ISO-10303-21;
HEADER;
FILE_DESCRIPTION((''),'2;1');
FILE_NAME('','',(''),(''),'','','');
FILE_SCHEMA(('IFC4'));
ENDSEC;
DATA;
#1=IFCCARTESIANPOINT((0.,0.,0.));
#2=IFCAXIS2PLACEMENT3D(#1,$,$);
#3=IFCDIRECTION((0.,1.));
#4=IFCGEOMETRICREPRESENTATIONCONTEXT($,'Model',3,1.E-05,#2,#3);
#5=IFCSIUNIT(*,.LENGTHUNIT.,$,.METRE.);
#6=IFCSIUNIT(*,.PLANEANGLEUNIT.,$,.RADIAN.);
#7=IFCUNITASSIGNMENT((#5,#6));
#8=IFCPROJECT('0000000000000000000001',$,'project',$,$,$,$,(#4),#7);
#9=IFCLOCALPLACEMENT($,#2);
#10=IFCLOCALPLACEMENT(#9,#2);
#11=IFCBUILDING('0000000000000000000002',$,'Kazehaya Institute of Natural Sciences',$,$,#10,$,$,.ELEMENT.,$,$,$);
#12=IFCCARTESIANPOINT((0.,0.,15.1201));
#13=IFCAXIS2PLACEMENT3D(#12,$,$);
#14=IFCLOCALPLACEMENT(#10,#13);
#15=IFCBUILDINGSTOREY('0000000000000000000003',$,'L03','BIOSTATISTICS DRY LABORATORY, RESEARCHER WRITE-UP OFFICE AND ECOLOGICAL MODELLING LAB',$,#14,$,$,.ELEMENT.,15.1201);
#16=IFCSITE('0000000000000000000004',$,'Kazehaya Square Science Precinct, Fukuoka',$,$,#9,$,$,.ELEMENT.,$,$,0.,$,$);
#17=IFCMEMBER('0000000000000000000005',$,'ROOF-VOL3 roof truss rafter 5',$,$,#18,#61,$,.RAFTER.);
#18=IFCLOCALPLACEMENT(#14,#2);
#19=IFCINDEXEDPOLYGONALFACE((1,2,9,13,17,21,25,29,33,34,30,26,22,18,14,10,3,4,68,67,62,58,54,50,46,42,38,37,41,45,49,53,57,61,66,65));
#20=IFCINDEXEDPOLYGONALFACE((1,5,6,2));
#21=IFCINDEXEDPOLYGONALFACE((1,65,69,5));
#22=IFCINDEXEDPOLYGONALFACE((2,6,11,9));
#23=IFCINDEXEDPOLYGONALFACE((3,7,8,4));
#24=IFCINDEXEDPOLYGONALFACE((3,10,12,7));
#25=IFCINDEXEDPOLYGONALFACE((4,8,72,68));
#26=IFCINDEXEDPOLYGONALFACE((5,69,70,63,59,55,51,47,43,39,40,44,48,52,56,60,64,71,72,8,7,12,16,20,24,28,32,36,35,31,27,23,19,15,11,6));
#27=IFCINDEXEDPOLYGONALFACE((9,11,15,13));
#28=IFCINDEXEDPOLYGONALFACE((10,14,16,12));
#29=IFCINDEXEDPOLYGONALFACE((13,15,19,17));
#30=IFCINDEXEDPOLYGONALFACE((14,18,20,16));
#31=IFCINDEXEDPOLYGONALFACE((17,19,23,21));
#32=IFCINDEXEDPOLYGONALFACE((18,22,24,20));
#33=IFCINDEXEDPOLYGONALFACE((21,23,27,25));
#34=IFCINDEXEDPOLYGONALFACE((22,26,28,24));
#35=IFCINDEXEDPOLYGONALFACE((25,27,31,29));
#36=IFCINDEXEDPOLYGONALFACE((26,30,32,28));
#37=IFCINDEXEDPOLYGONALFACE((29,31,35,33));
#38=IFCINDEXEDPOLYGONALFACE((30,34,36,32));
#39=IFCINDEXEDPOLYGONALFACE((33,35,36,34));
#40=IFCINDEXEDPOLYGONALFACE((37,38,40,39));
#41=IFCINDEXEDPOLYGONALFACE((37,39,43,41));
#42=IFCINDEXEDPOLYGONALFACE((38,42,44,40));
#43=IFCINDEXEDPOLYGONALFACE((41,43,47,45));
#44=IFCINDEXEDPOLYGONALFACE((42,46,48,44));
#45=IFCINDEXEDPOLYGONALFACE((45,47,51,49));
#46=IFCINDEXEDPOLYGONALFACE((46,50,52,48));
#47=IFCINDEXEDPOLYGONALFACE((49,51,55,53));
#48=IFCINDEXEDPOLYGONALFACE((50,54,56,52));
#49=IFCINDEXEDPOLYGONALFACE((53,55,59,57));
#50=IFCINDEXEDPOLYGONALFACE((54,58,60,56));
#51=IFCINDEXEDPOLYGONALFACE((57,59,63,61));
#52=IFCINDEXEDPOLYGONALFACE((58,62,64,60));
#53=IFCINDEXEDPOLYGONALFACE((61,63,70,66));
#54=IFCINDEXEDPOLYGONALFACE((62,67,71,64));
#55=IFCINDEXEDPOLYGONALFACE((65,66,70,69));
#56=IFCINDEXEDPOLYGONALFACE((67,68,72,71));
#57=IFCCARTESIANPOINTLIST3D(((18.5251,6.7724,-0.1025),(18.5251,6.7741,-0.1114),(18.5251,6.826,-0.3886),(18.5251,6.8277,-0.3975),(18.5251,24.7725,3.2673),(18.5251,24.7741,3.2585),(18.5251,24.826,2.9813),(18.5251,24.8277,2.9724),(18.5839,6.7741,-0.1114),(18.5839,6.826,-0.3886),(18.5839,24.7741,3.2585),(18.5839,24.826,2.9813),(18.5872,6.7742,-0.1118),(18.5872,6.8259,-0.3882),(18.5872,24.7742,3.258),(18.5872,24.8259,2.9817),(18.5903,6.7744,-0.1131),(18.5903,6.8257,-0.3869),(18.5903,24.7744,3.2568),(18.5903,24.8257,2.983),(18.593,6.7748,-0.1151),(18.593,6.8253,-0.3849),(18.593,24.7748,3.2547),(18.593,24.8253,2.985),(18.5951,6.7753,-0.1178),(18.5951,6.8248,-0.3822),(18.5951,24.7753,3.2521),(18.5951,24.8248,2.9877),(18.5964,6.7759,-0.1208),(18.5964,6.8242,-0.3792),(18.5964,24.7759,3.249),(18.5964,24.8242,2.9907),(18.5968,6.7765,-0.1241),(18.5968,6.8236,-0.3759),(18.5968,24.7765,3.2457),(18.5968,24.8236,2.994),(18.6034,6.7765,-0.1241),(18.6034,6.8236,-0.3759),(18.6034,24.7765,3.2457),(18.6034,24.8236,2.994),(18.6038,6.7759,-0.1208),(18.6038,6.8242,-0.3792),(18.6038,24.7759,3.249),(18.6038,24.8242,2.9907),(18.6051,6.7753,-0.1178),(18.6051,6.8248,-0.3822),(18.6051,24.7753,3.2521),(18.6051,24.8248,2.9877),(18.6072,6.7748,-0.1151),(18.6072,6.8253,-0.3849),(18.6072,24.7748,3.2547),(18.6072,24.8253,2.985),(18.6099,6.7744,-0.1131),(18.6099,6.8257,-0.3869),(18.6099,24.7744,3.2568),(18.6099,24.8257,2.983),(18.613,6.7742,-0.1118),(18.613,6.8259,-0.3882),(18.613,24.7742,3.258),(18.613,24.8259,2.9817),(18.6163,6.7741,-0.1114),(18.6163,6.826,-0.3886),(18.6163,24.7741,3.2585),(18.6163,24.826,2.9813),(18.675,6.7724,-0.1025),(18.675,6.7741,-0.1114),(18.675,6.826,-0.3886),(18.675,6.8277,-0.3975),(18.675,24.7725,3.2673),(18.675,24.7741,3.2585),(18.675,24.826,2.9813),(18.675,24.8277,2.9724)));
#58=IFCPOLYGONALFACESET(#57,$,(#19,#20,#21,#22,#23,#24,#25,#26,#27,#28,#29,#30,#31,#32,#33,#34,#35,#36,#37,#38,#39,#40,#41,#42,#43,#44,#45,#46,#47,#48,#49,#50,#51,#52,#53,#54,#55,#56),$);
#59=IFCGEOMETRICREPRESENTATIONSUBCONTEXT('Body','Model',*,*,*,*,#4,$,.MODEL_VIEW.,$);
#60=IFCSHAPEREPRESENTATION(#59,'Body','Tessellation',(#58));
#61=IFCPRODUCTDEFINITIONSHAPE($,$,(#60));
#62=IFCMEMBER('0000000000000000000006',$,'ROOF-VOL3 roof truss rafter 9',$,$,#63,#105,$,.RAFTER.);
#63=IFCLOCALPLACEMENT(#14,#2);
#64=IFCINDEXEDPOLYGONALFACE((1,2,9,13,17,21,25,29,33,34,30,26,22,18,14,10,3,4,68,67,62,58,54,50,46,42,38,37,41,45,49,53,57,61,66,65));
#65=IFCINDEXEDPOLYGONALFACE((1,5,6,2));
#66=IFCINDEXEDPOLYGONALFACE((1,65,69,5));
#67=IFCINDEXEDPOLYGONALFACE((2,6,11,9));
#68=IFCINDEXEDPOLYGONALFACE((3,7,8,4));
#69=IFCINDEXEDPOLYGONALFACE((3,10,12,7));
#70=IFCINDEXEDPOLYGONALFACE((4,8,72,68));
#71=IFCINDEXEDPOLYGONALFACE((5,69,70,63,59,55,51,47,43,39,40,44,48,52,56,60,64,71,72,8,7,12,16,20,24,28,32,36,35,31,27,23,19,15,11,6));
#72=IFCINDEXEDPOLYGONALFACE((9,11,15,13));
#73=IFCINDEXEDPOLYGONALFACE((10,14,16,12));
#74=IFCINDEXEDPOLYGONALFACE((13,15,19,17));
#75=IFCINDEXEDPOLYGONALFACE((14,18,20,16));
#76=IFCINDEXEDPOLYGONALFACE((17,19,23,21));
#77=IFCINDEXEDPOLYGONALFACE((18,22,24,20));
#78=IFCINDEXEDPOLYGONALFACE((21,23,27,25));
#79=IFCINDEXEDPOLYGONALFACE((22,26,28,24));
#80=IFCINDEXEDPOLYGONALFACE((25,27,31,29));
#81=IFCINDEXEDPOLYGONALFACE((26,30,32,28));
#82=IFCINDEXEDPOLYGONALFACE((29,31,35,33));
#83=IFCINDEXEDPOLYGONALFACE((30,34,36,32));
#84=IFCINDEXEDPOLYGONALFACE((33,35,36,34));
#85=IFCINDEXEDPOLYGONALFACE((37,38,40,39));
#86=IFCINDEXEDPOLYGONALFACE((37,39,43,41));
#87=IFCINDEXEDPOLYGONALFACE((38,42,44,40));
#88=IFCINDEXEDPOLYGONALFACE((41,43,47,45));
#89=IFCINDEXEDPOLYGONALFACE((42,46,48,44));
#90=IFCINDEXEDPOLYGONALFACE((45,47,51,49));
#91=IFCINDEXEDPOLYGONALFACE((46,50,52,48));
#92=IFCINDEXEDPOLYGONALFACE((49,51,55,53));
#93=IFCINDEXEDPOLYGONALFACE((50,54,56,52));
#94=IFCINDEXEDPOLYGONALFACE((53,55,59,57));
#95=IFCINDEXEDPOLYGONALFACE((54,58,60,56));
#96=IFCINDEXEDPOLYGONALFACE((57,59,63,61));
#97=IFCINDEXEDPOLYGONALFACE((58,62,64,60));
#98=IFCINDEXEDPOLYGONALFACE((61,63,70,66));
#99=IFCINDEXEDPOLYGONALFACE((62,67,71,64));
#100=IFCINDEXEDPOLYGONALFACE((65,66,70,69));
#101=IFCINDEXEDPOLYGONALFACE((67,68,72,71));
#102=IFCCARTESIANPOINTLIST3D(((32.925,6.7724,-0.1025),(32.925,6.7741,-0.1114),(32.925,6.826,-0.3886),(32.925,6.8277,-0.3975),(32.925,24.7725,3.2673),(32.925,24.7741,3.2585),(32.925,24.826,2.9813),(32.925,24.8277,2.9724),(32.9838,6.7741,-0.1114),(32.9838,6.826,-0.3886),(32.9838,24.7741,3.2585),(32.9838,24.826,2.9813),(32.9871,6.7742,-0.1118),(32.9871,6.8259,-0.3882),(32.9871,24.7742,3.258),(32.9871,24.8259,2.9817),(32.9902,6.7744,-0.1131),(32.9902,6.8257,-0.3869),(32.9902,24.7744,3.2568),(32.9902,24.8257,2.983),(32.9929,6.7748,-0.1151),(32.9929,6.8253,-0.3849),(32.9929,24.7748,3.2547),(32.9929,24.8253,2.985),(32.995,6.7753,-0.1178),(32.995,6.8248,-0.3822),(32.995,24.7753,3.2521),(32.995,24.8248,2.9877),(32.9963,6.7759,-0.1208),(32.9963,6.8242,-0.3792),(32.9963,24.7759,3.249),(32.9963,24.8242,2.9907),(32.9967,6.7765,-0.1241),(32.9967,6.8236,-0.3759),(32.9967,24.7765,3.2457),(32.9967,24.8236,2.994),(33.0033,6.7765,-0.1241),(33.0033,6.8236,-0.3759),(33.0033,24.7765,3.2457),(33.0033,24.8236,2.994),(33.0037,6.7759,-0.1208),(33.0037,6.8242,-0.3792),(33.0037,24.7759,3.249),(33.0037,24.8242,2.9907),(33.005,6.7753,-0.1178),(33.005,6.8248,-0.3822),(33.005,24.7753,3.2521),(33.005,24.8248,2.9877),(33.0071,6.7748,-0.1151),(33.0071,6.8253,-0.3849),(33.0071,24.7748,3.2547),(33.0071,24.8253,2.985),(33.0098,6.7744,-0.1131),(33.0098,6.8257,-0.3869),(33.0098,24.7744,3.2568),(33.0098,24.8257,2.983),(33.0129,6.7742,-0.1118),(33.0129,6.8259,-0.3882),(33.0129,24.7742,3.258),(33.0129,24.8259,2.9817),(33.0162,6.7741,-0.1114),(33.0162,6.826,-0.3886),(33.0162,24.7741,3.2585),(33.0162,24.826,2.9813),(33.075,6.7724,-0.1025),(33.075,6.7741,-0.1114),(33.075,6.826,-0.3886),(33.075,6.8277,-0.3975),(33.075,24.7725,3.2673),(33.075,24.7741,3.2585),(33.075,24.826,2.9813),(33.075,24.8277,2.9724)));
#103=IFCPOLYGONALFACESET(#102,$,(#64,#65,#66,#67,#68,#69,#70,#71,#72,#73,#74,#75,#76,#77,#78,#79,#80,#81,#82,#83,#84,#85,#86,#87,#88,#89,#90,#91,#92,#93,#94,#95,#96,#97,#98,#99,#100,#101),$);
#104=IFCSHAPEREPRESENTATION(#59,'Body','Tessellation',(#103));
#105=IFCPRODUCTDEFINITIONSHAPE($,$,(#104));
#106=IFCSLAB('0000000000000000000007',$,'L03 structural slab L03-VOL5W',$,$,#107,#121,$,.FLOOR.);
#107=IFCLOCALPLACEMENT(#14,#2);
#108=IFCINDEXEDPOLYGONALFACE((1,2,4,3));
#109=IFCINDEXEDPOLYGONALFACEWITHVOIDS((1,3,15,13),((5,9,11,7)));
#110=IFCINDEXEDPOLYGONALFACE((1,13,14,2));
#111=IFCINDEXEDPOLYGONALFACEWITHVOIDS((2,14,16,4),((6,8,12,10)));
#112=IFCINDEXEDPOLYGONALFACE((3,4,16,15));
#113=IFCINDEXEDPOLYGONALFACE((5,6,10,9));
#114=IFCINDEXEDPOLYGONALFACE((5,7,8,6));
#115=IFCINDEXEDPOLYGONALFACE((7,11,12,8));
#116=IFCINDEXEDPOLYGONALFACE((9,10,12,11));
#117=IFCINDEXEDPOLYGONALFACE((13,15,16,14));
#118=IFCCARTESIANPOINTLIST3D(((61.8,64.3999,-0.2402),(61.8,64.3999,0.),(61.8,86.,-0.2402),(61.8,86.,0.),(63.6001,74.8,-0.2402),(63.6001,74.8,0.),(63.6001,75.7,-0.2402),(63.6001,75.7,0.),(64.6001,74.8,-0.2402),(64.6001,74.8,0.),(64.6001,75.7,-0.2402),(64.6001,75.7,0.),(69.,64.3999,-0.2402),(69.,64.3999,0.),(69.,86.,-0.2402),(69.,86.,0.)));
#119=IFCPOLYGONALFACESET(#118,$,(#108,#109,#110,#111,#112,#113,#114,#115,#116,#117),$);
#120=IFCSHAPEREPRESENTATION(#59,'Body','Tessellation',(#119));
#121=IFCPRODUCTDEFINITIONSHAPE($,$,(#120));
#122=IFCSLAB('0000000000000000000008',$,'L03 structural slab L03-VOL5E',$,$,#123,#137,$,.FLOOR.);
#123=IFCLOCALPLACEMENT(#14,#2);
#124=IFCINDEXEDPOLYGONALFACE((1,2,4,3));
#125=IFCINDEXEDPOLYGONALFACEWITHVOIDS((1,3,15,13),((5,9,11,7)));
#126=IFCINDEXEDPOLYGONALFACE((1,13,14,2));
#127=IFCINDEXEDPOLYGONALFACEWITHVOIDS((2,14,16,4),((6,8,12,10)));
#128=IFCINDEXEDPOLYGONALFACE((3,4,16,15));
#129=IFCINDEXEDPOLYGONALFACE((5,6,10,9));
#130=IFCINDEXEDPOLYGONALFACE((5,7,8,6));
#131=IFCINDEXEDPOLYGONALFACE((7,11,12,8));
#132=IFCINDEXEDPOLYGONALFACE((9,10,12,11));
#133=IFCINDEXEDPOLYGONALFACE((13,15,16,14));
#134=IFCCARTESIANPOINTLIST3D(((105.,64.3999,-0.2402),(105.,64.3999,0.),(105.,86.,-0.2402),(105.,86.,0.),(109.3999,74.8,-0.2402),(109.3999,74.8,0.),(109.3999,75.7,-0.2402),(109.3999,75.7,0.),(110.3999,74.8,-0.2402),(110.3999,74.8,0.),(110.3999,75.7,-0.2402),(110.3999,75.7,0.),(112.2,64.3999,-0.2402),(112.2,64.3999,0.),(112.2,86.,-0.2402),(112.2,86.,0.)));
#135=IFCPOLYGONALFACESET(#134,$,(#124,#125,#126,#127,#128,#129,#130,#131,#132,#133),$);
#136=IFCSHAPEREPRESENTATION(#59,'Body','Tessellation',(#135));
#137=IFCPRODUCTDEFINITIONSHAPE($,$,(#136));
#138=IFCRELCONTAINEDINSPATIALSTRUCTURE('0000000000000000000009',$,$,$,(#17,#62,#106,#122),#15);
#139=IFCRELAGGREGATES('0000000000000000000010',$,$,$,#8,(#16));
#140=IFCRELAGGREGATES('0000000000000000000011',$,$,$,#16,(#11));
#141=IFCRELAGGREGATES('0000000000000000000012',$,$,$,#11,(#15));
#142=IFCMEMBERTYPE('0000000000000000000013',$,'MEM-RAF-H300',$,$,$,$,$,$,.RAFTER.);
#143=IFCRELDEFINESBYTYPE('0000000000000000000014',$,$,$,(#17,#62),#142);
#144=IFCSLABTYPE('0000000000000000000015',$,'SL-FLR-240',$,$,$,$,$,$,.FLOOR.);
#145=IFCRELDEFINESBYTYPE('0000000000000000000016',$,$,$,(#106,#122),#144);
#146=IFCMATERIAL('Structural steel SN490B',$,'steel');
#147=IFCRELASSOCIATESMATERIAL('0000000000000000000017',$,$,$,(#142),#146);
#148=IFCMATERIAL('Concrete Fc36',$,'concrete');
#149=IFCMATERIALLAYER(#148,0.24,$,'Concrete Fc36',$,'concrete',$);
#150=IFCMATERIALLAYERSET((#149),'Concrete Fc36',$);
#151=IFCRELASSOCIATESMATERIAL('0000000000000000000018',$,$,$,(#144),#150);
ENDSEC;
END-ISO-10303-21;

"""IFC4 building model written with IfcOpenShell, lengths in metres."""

from ifc_helpers import new_model, si_unit, direction, frame, origin, origin_2d, place, context, subcontext, project, spatial, polyline, i_section, outline, extrude, material, layer, layer_set, material_profile, profile_set, type_object, element, save


model = new_model("IFC4")

# Units and contexts
model_context = context("Model", 3, precision=1e-05, world=origin(), true_north=direction((0.0, 1.0)))
body_context = subcontext(model_context, "Body", "Model", "MODEL_VIEW")
ifc_project = project(units=[si_unit("LENGTHUNIT", "METRE"), si_unit("PLANEANGLEUNIT", "RADIAN")], contexts=[model_context])

# Site, building, storey
site_placement = place(None, origin())
site = spatial("IfcSite", under=ifc_project, at=site_placement, Name="Kazehaya Square Science Precinct, Fukuoka", CompositionType="ELEMENT", RefElevation=0.0)
building_placement = place(site_placement, origin())
building = spatial("IfcBuilding", under=site, at=building_placement, Name="Kazehaya Institute of Natural Sciences", CompositionType="ELEMENT")
storey_placement = place(building_placement, frame((0.0, 0.0, 15.1201)))
storey = spatial("IfcBuildingStorey", under=building, at=storey_placement, Name="L03", Description="BIOSTATISTICS DRY LABORATORY, RESEARCHER WRITE-UP OFFICE AND ECOLOGICAL MODELLING LAB", CompositionType="ELEMENT", Elevation=15.1201)

# Shared definitions
ifc_material_1 = material(Name="Structural steel SN490B", Category="steel")

# Members
ifc_material_profile_1 = material_profile(ifc_material_1, i_section(OverallWidth=0.1499, OverallDepth=0.3, WebThickness=0.0066, FlangeThickness=0.009, FilletRadius=0.0129, at=origin_2d()), Name="H-300x150x6.5x9")
ifc_profile_set_1 = profile_set([ifc_material_profile_1], Name="Structural steel SN490B")
member_type_1 = type_object("IfcMemberType", Name="MEM-RAF-H300", PredefinedType="RAFTER", material=ifc_profile_set_1)
for number, where, z_axis, x_axis, name in (
    (1, (18.6001, 6.8, -0.25), (0.0, 0.982923, 0.184018), (-1.0, 0.0, 0.0), "ROOF-VOL3 roof truss rafter 5"),
    (2, (33.0, 6.8, -0.25), (0.0, 0.982923, 0.184018), (-1.0, 0.0, 0.0), "ROOF-VOL3 roof truss rafter 9"),
):
    element("IfcMember", number, at=place(storey_placement, frame(where, z_axis=z_axis, x_axis=x_axis)), inside=storey, type_object=member_type_1, Name=name, PredefinedType="RAFTER", context=body_context, shape_type="SweptSolid", body=[
        extrude(i_section(OverallWidth=0.1499, OverallDepth=0.3, WebThickness=0.0066, FlangeThickness=0.009, FilletRadius=0.0129, at=origin_2d()), origin(), (0.0, 0.0, 1.0), 18.3127),
    ])

# Slabs
ifc_material_2 = material(Name="Concrete Fc36", Category="concrete")
ifc_layer_1 = layer(ifc_material_2, 0.24, Name="Concrete Fc36", Category="concrete")
ifc_layer_set_1 = layer_set([ifc_layer_1], Name="Concrete Fc36")
slab_type_1 = type_object("IfcSlabType", Name="SL-FLR-240", PredefinedType="FLOOR", material=ifc_layer_set_1)
slab_1_placement = place(storey_placement, frame((0.0, 0.0, -0.2402)))
element("IfcSlab", 3, at=slab_1_placement, inside=storey, type_object=slab_type_1, Name="L03 structural slab L03-VOL5W", PredefinedType="FLOOR", context=body_context, shape_type="SweptSolid", body=[
    extrude(outline(polyline([(61.8, 64.3999), (69.0, 64.3999), (69.0, 86.0), (61.8, 86.0), (61.8, 64.3999)]), holes=[polyline([(63.6001, 74.8), (64.6001, 74.8), (64.6001, 75.7), (63.6001, 75.7), (63.6001, 74.8)])]), origin(), (0.0, 0.0, 1.0), 0.2402),
])
slab_2_placement = place(storey_placement, frame((0.0, 0.0, -0.2402)))
element("IfcSlab", 4, at=slab_2_placement, inside=storey, type_object=slab_type_1, Name="L03 structural slab L03-VOL5E", PredefinedType="FLOOR", context=body_context, shape_type="SweptSolid", body=[
    extrude(outline(polyline([(105.0, 64.3999), (112.2, 64.3999), (112.2, 86.0), (105.0, 86.0), (105.0, 64.3999)]), holes=[polyline([(109.3999, 74.8), (110.3999, 74.8), (110.3999, 75.7), (109.3999, 75.7), (109.3999, 74.8)])]), origin(), (0.0, 0.0, 1.0), 0.2402),
])

save(model, "model.ifc")
